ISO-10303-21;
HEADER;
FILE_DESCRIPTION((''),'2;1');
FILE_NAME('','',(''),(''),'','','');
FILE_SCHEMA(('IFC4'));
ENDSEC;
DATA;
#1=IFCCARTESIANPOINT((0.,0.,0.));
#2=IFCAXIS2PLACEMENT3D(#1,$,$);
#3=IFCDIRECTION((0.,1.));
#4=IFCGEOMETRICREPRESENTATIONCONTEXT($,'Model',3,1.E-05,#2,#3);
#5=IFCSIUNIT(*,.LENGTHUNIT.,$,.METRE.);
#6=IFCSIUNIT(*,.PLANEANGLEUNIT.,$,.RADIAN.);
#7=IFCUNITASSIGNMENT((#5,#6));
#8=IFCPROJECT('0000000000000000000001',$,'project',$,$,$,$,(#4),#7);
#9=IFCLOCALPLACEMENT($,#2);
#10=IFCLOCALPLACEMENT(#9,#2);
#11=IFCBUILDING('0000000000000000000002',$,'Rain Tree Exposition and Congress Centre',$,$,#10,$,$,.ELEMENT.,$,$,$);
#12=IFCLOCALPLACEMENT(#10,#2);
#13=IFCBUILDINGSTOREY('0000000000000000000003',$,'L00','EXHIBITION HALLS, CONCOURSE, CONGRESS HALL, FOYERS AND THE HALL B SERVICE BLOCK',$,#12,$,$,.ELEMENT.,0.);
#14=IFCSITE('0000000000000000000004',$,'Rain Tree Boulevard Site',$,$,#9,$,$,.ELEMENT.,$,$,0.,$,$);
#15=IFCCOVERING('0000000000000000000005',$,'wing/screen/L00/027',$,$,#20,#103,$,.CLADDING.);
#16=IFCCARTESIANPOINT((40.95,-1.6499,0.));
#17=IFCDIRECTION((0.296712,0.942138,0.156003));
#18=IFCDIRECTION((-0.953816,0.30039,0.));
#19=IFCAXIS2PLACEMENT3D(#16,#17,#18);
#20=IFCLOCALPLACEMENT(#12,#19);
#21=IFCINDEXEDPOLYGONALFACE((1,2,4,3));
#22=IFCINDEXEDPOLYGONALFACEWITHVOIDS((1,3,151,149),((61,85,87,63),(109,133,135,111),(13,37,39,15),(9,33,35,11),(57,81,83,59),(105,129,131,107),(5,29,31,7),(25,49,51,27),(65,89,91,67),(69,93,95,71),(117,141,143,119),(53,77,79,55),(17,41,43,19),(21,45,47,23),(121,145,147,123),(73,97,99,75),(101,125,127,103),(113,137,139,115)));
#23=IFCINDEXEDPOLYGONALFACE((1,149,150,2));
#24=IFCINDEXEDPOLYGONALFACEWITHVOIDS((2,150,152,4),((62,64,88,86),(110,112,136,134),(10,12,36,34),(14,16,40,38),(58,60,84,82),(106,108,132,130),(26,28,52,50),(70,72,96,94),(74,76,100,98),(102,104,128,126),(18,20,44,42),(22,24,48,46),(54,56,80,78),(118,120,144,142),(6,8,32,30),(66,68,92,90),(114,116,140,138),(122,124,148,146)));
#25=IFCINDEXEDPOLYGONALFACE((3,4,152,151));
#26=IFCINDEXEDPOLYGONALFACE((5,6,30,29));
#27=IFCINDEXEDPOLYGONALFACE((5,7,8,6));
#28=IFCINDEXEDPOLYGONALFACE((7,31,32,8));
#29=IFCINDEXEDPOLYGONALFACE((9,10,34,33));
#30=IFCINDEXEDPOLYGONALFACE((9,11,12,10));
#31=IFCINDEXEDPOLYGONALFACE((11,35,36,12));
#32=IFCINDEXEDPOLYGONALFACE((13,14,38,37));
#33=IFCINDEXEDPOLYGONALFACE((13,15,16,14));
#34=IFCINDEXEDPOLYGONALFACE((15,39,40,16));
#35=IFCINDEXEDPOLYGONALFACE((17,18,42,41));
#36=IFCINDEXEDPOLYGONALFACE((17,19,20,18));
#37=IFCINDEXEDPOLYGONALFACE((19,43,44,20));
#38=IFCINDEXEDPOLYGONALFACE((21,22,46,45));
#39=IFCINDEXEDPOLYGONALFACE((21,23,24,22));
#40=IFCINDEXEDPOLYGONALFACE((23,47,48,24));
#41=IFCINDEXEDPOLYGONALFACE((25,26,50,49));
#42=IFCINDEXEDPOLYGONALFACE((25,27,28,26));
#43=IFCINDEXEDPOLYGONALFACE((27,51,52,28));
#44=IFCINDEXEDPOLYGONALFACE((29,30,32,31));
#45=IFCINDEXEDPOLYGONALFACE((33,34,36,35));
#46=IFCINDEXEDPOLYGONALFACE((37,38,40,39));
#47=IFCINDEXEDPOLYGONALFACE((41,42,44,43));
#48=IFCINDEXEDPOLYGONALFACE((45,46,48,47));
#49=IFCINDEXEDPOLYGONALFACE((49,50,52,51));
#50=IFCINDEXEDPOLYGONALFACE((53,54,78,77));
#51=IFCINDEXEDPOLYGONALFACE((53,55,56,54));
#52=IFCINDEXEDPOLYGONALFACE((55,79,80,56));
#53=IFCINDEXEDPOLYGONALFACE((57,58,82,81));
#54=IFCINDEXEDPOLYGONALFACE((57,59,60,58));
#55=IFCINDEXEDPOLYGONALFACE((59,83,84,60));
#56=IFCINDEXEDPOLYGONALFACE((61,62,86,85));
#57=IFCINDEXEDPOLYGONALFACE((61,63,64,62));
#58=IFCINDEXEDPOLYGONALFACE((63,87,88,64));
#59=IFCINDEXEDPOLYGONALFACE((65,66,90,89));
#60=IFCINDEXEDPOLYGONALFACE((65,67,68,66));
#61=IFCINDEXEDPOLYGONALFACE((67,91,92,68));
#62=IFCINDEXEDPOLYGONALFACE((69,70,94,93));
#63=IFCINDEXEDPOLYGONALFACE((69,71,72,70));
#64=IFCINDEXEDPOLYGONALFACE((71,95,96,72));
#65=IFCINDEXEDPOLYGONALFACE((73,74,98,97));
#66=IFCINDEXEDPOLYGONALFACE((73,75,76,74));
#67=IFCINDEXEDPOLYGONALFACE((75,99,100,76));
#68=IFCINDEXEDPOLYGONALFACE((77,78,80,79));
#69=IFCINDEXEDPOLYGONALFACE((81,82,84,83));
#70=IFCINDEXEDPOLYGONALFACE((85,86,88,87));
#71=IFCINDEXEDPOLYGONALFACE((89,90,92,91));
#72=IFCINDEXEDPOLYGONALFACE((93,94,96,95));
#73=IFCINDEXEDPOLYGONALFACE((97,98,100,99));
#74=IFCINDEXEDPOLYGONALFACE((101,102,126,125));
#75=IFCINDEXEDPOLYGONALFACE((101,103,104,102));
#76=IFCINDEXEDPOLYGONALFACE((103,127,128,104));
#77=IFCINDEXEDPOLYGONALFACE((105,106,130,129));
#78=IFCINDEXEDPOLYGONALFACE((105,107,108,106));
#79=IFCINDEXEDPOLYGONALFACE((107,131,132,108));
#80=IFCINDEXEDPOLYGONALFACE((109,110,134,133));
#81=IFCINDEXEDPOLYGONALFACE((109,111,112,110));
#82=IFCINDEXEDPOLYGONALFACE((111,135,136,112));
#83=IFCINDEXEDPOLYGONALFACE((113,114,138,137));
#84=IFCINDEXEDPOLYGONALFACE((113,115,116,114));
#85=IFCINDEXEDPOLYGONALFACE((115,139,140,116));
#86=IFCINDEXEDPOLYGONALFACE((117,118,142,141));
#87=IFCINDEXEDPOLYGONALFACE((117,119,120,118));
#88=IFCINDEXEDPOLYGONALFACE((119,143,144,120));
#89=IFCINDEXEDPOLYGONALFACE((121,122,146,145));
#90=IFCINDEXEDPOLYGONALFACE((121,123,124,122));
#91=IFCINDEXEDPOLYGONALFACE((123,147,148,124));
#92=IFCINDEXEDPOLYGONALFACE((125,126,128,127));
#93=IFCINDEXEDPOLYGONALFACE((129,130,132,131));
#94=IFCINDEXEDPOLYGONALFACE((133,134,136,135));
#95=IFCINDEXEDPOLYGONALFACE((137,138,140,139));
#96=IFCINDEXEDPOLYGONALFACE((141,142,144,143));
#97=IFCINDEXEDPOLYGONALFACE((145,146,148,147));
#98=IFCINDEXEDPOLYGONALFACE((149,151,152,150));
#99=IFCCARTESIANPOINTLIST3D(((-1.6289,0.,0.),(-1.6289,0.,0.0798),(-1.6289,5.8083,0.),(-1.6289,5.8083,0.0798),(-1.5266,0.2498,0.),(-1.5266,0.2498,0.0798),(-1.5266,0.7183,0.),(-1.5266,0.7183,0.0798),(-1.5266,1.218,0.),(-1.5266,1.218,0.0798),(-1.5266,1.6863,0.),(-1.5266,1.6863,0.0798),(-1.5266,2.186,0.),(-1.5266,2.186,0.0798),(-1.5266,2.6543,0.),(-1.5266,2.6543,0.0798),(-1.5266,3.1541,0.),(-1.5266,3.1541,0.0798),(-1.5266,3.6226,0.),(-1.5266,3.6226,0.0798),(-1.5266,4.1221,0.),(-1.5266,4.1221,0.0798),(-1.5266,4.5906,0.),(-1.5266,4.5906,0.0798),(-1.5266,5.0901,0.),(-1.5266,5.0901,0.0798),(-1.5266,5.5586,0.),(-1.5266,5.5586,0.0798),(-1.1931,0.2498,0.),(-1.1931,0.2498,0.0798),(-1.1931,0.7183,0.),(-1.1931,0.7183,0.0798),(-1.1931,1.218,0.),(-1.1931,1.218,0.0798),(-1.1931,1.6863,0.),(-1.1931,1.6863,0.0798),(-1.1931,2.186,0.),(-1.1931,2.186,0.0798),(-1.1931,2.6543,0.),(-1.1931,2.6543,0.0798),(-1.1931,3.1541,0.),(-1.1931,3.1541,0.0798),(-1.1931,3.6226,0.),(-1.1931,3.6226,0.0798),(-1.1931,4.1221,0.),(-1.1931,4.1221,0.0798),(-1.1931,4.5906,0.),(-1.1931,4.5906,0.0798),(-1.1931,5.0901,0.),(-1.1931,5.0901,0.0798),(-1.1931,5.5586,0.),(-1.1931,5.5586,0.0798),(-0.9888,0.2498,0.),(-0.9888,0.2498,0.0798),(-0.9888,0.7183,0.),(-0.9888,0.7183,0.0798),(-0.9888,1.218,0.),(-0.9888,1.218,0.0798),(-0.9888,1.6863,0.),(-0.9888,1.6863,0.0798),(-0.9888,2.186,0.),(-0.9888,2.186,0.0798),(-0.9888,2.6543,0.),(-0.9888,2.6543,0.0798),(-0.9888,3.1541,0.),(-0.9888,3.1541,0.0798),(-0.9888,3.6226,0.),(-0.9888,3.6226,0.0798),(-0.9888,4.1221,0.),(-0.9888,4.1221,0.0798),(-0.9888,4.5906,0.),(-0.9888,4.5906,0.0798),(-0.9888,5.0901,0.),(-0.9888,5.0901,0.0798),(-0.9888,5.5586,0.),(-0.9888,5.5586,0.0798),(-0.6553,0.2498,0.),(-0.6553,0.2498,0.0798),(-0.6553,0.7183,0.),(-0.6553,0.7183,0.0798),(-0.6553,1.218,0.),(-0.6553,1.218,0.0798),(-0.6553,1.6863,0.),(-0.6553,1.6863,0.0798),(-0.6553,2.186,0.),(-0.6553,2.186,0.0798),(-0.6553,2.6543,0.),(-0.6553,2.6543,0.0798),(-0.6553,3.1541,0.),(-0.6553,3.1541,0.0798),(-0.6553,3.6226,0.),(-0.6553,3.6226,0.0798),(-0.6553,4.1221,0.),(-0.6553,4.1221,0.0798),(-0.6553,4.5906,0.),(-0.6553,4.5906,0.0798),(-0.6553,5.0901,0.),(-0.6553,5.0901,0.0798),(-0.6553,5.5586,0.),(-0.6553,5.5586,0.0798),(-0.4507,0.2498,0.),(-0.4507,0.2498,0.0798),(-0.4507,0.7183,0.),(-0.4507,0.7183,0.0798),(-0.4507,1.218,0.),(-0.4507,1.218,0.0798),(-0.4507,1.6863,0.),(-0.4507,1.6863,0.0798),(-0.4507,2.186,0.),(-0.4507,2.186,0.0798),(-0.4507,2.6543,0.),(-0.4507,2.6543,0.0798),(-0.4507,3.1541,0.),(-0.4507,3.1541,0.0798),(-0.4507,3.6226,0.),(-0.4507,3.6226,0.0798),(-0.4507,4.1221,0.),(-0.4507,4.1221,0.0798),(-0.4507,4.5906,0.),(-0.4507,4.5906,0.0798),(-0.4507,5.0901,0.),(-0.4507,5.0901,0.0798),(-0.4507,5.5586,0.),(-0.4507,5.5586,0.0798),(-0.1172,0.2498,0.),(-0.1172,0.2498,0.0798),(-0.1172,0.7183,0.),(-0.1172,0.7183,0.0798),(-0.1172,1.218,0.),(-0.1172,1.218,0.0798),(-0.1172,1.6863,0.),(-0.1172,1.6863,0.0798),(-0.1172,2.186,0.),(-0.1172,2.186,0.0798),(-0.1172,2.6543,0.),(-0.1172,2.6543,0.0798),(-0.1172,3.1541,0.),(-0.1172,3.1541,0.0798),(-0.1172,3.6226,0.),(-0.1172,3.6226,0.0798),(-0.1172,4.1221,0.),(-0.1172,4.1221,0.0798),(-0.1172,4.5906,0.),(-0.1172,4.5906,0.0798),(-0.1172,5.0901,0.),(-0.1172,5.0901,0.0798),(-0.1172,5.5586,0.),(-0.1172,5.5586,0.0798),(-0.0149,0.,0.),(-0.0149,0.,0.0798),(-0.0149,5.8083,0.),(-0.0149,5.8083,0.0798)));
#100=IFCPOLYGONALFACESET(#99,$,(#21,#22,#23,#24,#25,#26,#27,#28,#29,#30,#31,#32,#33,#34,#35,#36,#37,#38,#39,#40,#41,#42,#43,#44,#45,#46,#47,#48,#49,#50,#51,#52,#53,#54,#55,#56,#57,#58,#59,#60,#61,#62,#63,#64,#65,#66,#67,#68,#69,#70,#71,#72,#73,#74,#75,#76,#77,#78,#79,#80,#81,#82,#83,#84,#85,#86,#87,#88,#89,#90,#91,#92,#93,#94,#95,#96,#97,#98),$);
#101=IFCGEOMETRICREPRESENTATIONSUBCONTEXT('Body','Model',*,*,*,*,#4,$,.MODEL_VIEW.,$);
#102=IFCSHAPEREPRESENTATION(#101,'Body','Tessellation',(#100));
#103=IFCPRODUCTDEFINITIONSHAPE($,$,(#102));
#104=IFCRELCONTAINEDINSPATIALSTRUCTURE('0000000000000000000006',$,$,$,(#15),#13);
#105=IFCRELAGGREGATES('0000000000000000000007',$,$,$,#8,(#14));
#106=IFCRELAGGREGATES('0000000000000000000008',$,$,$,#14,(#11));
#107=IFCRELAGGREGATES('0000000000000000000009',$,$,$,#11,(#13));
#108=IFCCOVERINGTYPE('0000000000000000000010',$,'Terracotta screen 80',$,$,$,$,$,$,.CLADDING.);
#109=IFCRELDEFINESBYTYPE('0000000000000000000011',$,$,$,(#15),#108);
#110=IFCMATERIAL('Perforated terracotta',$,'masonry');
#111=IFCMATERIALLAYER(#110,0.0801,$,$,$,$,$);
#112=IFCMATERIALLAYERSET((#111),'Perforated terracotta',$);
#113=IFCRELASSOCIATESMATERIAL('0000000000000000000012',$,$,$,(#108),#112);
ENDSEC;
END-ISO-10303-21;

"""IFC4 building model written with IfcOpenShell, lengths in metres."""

from ifc_helpers import new_model, si_unit, direction, frame, origin, place, context, subcontext, project, spatial, polyline, outline, extrude, material, layer, layer_set, type_object, element, save


model = new_model("IFC4")

# Units and contexts
model_context = context("Model", 3, precision=1e-05, world=origin(), true_north=direction((0.0, 1.0)))
body_context = subcontext(model_context, "Body", "Model", "MODEL_VIEW")
ifc_project = project(units=[si_unit("LENGTHUNIT", "METRE"), si_unit("PLANEANGLEUNIT", "RADIAN")], contexts=[model_context])

# Site, building, storey
site_placement = place(None, origin())
site = spatial("IfcSite", under=ifc_project, at=site_placement, Name="Rain Tree Boulevard Site", CompositionType="ELEMENT", RefElevation=0.0)
building_placement = place(site_placement, origin())
building = spatial("IfcBuilding", under=site, at=building_placement, Name="Rain Tree Exposition and Congress Centre", CompositionType="ELEMENT")
storey_placement = place(building_placement, origin())
storey = spatial("IfcBuildingStorey", under=building, at=storey_placement, Name="L00", Description="EXHIBITION HALLS, CONCOURSE, CONGRESS HALL, FOYERS AND THE HALL B SERVICE BLOCK", CompositionType="ELEMENT", Elevation=0.0)

# Covering
ifc_material_1 = material(Name="Perforated terracotta", Category="masonry")
ifc_layer_1 = layer(ifc_material_1, 0.0801)
ifc_layer_set_1 = layer_set([ifc_layer_1], Name="Perforated terracotta")
covering_type = type_object("IfcCoveringType", Name="Terracotta screen 80", PredefinedType="CLADDING", material=ifc_layer_set_1)
covering_1_placement = place(storey_placement, frame((40.95, -1.6499, 0.0), z_axis=(0.296712, 0.942138, 0.156003), x_axis=(-0.953816, 0.30039, 0.0)))
element("IfcCovering", 1, at=covering_1_placement, inside=storey, type_object=covering_type, Name="wing/screen/L00/027", PredefinedType="CLADDING", context=body_context, shape_type="SweptSolid", body=[
    extrude(outline(polyline([(-1.6289, 0.0), (-1.6289, 5.8083), (-0.0149, 5.8083), (-0.0149, 0.0), (-1.6289, 0.0)]), holes=[polyline([(-0.1172, 0.2498), (-0.1172, 0.7183), (-0.4507, 0.7183), (-0.4507, 0.2498), (-0.1172, 0.2498)]), polyline([(-0.1172, 1.218), (-0.1172, 1.6863), (-0.4507, 1.6863), (-0.4507, 1.218), (-0.1172, 1.218)]), polyline([(-0.1172, 2.186), (-0.1172, 2.6543), (-0.4507, 2.6543), (-0.4507, 2.186), (-0.1172, 2.186)]), polyline([(-0.1172, 3.1541), (-0.1172, 3.6226), (-0.4507, 3.6226), (-0.4507, 3.1541), (-0.1172, 3.1541)]), polyline([(-0.1172, 4.1221), (-0.1172, 4.5906), (-0.4507, 4.5906), (-0.4507, 4.1221), (-0.1172, 4.1221)]), polyline([(-0.1172, 5.0901), (-0.1172, 5.5586), (-0.4507, 5.5586), (-0.4507, 5.0901), (-0.1172, 5.0901)]), polyline([(-0.6553, 0.2498), (-0.6553, 0.7183), (-0.9888, 0.7183), (-0.9888, 0.2498), (-0.6553, 0.2498)]), polyline([(-0.6553, 1.218), (-0.6553, 1.6863), (-0.9888, 1.6863), (-0.9888, 1.218), (-0.6553, 1.218)]), polyline([(-0.6553, 2.186), (-0.6553, 2.6543), (-0.9888, 2.6543), (-0.9888, 2.186), (-0.6553, 2.186)]), polyline([(-0.6553, 3.1541), (-0.6553, 3.6226), (-0.9888, 3.6226), (-0.9888, 3.1541), (-0.6553, 3.1541)]), polyline([(-0.6553, 4.1221), (-0.6553, 4.5906), (-0.9888, 4.5906), (-0.9888, 4.1221), (-0.6553, 4.1221)]), polyline([(-0.6553, 5.0901), (-0.6553, 5.5586), (-0.9888, 5.5586), (-0.9888, 5.0901), (-0.6553, 5.0901)]), polyline([(-1.1931, 0.2498), (-1.1931, 0.7183), (-1.5266, 0.7183), (-1.5266, 0.2498), (-1.1931, 0.2498)]), polyline([(-1.1931, 1.218), (-1.1931, 1.6863), (-1.5266, 1.6863), (-1.5266, 1.218), (-1.1931, 1.218)]), polyline([(-1.1931, 2.186), (-1.1931, 2.6543), (-1.5266, 2.6543), (-1.5266, 2.186), (-1.1931, 2.186)]), polyline([(-1.1931, 3.1541), (-1.1931, 3.6226), (-1.5266, 3.6226), (-1.5266, 3.1541), (-1.1931, 3.1541)]), polyline([(-1.1931, 4.1221), (-1.1931, 4.5906), (-1.5266, 4.5906), (-1.5266, 4.1221), (-1.1931, 4.1221)]), polyline([(-1.1931, 5.0901), (-1.1931, 5.5586), (-1.5266, 5.5586), (-1.5266, 5.0901), (-1.1931, 5.0901)])]), origin(), (0.0, 0.0, 1.0), 0.0798),
])

save(model, "model.ifc")
